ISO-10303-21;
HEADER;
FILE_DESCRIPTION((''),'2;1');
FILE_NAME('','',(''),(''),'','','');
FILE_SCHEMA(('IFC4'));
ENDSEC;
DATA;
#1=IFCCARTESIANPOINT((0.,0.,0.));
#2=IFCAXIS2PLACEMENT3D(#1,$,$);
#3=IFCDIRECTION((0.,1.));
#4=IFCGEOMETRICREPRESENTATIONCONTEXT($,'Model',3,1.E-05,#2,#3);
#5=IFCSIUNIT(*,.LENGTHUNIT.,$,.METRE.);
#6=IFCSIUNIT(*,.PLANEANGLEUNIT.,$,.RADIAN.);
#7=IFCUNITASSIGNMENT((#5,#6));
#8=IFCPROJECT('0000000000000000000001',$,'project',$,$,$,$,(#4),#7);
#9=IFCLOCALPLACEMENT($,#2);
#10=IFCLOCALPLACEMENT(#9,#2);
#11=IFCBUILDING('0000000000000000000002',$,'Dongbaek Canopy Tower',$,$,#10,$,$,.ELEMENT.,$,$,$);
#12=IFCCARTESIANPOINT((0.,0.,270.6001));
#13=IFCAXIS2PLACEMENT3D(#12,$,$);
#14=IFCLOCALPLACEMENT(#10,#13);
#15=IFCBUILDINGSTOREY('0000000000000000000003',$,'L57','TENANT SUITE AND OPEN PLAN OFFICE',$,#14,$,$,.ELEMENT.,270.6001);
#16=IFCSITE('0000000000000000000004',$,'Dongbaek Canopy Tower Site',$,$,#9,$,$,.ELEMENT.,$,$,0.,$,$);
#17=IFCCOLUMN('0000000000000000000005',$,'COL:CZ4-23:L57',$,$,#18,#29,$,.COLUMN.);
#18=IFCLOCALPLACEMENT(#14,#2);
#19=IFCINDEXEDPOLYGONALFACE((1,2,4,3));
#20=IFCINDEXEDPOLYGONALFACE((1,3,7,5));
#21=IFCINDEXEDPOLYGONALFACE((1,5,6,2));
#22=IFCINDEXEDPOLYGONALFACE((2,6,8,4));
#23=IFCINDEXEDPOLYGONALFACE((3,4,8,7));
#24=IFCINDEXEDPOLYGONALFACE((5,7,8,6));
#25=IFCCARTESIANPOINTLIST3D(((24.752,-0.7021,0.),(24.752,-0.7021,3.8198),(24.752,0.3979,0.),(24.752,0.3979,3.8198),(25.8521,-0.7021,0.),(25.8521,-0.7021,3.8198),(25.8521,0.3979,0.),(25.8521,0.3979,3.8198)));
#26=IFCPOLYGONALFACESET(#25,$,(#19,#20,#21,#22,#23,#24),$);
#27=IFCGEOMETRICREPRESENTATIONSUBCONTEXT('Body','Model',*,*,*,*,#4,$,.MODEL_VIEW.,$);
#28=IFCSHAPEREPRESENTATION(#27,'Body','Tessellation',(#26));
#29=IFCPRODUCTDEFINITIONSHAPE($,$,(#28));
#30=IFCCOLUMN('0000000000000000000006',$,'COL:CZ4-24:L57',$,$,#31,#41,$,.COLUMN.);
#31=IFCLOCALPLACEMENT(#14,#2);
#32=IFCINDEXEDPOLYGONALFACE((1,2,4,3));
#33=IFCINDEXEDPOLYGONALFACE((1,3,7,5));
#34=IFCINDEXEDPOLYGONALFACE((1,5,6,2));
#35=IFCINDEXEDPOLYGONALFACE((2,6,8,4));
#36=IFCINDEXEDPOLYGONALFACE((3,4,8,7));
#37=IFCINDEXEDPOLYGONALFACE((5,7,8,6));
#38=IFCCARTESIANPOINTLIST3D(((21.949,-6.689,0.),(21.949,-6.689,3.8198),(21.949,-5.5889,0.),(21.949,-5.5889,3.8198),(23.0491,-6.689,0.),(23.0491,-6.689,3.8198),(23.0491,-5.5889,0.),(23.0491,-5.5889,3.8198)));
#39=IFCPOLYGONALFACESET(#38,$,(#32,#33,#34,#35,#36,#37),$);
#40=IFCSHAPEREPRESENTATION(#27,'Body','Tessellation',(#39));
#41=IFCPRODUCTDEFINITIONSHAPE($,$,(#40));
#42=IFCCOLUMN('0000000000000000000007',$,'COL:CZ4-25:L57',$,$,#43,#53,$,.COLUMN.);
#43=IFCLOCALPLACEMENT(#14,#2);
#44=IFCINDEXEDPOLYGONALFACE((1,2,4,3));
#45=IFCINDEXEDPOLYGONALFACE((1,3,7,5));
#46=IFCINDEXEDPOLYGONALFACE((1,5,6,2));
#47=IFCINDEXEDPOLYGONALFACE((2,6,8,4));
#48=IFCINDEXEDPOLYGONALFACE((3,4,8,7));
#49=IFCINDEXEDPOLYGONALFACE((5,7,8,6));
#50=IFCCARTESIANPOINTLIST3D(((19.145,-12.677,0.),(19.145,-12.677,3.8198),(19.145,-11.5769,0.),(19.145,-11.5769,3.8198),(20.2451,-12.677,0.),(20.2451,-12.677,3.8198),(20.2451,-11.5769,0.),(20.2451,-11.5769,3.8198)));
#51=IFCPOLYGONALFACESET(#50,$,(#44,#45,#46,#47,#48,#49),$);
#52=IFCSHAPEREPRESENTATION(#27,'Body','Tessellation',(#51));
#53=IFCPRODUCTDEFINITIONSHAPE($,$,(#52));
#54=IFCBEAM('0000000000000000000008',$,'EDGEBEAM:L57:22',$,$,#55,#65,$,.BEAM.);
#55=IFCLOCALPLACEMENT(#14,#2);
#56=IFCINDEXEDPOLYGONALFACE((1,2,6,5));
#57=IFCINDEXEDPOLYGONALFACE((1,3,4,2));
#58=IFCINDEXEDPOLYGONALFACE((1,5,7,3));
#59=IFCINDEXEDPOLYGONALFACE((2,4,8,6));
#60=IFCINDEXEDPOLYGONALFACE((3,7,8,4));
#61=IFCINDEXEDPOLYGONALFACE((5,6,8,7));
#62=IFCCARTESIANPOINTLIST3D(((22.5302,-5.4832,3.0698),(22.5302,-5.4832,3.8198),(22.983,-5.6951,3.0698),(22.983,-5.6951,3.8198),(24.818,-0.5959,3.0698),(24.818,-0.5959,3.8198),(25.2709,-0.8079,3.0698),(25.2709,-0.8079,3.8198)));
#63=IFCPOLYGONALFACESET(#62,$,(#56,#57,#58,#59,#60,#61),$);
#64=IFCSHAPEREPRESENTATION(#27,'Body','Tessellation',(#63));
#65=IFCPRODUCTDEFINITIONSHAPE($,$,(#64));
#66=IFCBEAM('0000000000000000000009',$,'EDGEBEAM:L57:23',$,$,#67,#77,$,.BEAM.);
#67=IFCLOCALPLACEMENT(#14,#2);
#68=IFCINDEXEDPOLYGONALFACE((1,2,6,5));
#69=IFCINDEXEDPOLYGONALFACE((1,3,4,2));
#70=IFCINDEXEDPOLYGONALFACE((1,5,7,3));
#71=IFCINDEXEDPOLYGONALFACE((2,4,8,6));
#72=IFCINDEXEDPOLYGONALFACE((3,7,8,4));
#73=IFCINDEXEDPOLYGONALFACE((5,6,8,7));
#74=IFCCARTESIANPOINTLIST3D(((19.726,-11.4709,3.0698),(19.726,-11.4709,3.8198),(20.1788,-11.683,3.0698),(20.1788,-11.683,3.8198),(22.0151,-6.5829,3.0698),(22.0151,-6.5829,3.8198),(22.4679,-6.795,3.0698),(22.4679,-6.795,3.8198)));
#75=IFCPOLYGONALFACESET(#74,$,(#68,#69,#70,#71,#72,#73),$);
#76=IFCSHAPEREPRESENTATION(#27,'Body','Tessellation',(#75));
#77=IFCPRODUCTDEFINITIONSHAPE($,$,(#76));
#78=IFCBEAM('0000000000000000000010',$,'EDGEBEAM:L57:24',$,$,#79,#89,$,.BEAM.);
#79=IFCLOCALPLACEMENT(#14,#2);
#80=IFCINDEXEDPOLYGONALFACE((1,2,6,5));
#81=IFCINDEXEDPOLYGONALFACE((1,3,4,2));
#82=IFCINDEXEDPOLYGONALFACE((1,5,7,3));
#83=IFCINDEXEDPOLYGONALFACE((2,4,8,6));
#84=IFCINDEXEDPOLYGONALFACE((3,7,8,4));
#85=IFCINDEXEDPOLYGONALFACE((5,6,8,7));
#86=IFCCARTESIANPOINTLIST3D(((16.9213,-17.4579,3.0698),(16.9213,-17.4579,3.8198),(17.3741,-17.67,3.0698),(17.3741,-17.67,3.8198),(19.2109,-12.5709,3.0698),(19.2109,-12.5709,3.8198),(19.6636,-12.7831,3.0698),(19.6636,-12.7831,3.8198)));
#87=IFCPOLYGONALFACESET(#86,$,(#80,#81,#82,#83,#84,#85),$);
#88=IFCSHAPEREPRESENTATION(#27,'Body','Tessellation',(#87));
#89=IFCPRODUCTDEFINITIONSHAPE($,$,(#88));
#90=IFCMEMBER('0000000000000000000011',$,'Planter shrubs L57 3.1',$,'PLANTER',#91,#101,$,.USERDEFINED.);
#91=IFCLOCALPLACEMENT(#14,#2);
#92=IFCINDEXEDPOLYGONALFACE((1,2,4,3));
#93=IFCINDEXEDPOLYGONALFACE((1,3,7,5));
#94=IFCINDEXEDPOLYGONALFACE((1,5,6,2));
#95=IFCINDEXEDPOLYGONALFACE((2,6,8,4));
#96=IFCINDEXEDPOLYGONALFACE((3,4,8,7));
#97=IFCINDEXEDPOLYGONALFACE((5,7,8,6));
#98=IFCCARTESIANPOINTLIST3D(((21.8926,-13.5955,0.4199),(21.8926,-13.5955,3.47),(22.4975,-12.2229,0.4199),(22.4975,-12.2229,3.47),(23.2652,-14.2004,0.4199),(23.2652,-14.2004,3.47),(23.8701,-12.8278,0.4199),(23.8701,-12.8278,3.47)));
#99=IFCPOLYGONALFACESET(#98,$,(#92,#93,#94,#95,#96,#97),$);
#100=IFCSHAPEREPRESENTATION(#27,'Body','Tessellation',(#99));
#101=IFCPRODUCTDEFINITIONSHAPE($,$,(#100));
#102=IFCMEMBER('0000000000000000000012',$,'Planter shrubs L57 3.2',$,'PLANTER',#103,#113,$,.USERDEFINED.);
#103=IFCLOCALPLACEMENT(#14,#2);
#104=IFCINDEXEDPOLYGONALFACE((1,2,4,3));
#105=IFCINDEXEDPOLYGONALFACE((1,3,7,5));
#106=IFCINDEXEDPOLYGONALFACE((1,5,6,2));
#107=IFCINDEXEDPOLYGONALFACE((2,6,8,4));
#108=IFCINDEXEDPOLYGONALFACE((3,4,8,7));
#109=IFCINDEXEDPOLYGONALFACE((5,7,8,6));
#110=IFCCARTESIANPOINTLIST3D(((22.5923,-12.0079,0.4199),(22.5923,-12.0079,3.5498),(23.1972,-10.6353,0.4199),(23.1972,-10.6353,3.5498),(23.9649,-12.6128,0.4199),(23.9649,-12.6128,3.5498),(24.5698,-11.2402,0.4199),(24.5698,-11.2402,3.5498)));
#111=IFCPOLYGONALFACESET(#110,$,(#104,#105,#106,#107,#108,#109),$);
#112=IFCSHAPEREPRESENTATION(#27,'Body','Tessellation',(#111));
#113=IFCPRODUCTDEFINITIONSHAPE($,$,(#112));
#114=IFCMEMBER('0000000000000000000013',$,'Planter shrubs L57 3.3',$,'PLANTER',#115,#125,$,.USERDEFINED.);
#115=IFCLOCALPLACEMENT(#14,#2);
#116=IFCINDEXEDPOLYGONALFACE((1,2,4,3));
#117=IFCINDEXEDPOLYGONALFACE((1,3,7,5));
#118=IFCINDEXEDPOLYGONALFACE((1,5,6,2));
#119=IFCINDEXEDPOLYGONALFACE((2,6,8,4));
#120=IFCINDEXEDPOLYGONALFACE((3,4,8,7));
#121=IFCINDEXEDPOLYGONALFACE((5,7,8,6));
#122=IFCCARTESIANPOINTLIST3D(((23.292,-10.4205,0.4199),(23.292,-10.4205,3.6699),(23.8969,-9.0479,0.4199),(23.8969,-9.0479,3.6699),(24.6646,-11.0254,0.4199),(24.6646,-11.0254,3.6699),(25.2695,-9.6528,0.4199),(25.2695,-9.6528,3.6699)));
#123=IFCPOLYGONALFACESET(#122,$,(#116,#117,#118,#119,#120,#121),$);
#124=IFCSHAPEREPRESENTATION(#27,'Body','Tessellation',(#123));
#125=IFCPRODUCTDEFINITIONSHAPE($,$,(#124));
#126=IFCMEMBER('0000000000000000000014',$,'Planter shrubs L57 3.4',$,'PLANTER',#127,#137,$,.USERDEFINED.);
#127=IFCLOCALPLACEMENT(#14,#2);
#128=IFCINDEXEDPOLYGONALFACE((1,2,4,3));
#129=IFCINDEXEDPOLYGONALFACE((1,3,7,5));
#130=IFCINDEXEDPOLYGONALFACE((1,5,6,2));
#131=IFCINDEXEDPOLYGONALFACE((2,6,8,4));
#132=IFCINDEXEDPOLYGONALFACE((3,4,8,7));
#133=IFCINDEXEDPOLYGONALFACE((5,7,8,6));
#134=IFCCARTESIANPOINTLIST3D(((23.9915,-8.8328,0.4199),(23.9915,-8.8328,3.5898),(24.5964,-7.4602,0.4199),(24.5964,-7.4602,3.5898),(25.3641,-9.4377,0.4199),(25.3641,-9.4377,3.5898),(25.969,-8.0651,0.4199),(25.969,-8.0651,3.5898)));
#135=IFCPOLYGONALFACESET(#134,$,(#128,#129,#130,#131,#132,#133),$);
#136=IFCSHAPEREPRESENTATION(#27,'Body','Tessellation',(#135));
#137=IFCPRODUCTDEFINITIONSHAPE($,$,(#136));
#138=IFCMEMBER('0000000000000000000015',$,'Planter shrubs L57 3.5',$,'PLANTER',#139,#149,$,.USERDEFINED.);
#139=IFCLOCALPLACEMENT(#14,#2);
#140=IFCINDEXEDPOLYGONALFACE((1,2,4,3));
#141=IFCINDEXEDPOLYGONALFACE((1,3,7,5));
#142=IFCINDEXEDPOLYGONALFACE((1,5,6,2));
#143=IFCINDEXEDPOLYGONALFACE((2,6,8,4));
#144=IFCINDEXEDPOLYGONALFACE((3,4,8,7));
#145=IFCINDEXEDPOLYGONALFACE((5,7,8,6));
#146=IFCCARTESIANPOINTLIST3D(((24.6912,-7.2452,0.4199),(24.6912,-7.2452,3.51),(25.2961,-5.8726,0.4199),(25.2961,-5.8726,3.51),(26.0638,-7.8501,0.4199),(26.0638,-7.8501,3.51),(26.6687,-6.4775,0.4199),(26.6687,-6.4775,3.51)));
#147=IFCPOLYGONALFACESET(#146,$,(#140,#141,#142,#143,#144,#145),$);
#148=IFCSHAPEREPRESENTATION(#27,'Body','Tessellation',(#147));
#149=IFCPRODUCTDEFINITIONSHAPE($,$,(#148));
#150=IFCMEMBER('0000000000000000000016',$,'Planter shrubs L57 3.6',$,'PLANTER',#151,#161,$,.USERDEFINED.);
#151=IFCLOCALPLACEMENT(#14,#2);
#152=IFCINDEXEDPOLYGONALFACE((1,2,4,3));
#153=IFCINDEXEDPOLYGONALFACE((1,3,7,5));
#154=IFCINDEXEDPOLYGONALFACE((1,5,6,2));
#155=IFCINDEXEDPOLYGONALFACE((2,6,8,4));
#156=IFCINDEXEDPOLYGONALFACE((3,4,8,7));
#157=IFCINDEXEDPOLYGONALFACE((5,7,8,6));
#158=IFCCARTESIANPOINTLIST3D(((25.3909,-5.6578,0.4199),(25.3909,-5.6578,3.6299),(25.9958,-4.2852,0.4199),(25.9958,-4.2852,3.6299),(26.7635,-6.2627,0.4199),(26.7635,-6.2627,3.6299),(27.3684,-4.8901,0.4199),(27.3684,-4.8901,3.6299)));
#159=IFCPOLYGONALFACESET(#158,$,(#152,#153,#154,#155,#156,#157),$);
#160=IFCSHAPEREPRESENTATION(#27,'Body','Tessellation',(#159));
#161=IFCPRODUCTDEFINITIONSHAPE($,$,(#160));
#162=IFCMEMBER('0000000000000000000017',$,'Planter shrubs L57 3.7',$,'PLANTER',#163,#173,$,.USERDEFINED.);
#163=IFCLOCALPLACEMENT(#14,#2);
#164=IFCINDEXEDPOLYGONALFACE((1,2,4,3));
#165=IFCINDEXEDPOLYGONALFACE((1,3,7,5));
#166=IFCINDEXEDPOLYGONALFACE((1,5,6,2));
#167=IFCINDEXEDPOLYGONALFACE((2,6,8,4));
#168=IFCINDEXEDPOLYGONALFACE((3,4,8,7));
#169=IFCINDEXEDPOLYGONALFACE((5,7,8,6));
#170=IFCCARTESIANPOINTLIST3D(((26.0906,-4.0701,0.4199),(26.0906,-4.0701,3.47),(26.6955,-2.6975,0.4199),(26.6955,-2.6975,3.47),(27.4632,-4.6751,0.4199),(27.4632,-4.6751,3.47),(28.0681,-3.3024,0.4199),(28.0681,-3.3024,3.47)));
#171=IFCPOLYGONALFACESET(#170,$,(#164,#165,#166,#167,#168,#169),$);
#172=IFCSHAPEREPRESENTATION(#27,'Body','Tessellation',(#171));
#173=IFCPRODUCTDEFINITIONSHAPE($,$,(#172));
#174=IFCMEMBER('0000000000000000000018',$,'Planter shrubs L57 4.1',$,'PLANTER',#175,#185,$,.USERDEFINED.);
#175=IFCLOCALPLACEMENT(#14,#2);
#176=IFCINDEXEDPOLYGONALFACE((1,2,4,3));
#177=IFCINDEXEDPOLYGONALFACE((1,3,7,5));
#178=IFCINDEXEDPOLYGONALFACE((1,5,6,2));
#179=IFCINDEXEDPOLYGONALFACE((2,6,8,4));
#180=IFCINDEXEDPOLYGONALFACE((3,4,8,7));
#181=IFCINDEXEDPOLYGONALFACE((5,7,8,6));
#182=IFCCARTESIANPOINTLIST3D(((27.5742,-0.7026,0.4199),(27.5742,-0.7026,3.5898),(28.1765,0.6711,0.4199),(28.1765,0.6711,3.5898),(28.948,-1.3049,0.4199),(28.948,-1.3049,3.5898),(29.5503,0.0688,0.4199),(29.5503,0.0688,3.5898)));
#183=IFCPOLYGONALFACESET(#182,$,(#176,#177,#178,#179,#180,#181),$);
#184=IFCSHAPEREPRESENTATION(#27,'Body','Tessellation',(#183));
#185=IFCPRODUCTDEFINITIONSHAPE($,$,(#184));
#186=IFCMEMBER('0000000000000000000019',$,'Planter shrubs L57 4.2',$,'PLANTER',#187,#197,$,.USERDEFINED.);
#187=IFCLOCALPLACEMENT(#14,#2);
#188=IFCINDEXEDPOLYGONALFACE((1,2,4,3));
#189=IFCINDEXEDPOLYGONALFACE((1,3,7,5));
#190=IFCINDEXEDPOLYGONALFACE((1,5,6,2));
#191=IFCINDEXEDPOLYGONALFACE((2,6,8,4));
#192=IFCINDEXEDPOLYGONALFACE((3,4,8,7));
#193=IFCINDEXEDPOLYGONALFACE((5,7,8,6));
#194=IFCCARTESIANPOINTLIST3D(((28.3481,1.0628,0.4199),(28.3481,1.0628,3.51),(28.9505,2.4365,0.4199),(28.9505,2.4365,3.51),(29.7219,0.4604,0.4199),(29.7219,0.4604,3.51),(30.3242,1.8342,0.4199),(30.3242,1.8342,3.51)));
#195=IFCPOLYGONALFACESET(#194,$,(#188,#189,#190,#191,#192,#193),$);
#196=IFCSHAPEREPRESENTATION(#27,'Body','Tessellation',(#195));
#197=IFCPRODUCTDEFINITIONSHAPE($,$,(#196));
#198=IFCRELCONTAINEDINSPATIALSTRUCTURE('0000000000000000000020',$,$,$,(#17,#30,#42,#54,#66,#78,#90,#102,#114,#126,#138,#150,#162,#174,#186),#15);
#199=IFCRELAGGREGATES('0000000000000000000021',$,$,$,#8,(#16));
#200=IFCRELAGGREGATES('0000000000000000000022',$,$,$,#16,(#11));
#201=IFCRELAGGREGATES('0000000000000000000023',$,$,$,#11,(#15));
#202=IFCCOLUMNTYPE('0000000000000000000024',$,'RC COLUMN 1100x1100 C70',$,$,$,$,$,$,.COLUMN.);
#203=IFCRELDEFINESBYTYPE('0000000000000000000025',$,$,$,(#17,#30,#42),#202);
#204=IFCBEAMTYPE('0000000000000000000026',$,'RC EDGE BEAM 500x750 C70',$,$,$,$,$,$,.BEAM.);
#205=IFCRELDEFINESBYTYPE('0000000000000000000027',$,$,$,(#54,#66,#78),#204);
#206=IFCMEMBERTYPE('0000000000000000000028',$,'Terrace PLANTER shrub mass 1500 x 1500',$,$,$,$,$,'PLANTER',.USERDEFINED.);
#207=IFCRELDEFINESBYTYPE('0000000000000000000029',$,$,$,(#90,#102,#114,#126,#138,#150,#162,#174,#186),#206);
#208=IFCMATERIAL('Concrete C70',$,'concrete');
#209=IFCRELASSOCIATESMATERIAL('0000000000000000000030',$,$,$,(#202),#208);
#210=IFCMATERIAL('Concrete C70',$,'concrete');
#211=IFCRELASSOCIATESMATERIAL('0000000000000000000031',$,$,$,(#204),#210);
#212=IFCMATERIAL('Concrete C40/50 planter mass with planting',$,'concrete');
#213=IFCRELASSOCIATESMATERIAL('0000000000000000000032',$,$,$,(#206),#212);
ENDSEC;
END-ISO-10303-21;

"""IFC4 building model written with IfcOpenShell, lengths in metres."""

from ifc_helpers import new_model, si_unit, direction, frame, origin, origin_2d, place, context, subcontext, project, spatial, rectangle, extrude, material, material_profile, profile_set, type_object, element, save


model = new_model("IFC4")

# Units and contexts
model_context = context("Model", 3, precision=1e-05, world=origin(), true_north=direction((0.0, 1.0)))
body_context = subcontext(model_context, "Body", "Model", "MODEL_VIEW")
ifc_project = project(units=[si_unit("LENGTHUNIT", "METRE"), si_unit("PLANEANGLEUNIT", "RADIAN")], contexts=[model_context])

# Site, building, storey
site_placement = place(None, origin())
site = spatial("IfcSite", under=ifc_project, at=site_placement, Name="Dongbaek Canopy Tower Site", CompositionType="ELEMENT", RefElevation=0.0)
building_placement = place(site_placement, origin())
building = spatial("IfcBuilding", under=site, at=building_placement, Name="Dongbaek Canopy Tower", CompositionType="ELEMENT")
storey_placement = place(building_placement, frame((0.0, 0.0, 270.6001)))
storey = spatial("IfcBuildingStorey", under=building, at=storey_placement, Name="L57", Description="TENANT SUITE AND OPEN PLAN OFFICE", CompositionType="ELEMENT", Elevation=270.6001)

# Columns
ifc_material_1 = material(Name="Concrete C70", Category="concrete")
ifc_material_profile_1 = material_profile(ifc_material_1, rectangle(XDim=1.1001, YDim=1.1001, at=origin_2d()), Name="RC COLUMN 1100x1100 C70")
ifc_profile_set_1 = profile_set([ifc_material_profile_1], Name="Concrete C70")
column_type = type_object("IfcColumnType", Name="RC COLUMN 1100x1100 C70", PredefinedType="COLUMN", material=ifc_profile_set_1)
for number, where, z_axis, x_axis, name in (
    (1, (25.302, -0.1521, 0.0), (0.0, 0.0, 1.0), (1.0, 0.0, 0.0), "COL:CZ4-23:L57"),
    (2, (22.499, -6.1389, 0.0), (0.0, 0.0, 1.0), (1.0, 0.0, 0.0), "COL:CZ4-24:L57"),
    (3, (19.6951, -12.127, 0.0), (0.0, 0.0, 1.0), (1.0, 0.0, 0.0), "COL:CZ4-25:L57"),
):
    element("IfcColumn", number, at=place(storey_placement, frame(where, z_axis=z_axis, x_axis=x_axis)), inside=storey, type_object=column_type, Name=name, PredefinedType="COLUMN", context=body_context, shape_type="SweptSolid", body=[
        extrude(rectangle(XDim=1.1001, YDim=1.1001, at=origin_2d()), origin(), (0.0, 0.0, 1.0), 3.8198),
    ])

# Beams
ifc_material_2 = material(Name="Concrete C70", Category="concrete")
ifc_material_profile_2 = material_profile(ifc_material_2, rectangle(XDim=0.5, YDim=0.75, at=origin_2d()), Name="RC EDGE BEAM 500x750 C70")
ifc_profile_set_2 = profile_set([ifc_material_profile_2], Name="Concrete C70")
beam_type = type_object("IfcBeamType", Name="RC EDGE BEAM 500x750 C70", PredefinedType="BEAM", material=ifc_profile_set_2)
beam_1_placement = place(storey_placement, frame((25.0444, -0.7019, 3.4448), z_axis=(-0.423972, -0.905675, 0.0), x_axis=(0.905675, -0.423972, 0.0)))
element("IfcBeam", 4, at=beam_1_placement, inside=storey, type_object=beam_type, Name="EDGEBEAM:L57:22", PredefinedType="BEAM", context=body_context, shape_type="SweptSolid", body=[
    extrude(rectangle(XDim=0.5, YDim=0.75, at=origin_2d()), origin(), (0.0, 0.0, 1.0), 5.3962),
])
beam_2_placement = place(storey_placement, frame((22.2415, -6.689, 3.4448), z_axis=(-0.424106, -0.905613, 0.0), x_axis=(0.905613, -0.424106, 0.0)))
element("IfcBeam", 5, at=beam_2_placement, inside=storey, type_object=beam_type, Name="EDGEBEAM:L57:23", PredefinedType="BEAM", context=body_context, shape_type="SweptSolid", body=[
    extrude(rectangle(XDim=0.5, YDim=0.75, at=origin_2d()), origin(), (0.0, 0.0, 1.0), 5.3975),
])
beam_3_placement = place(storey_placement, frame((19.4373, -12.677, 3.4448), z_axis=(-0.42425, -0.905545, 0.0), x_axis=(0.905545, -0.42425, 0.0)))
element("IfcBeam", 6, at=beam_3_placement, inside=storey, type_object=beam_type, Name="EDGEBEAM:L57:24", PredefinedType="BEAM", context=body_context, shape_type="SweptSolid", body=[
    extrude(rectangle(XDim=0.5, YDim=0.75, at=origin_2d()), origin(), (0.0, 0.0, 1.0), 5.3967),
])

# Members
ifc_material_3 = material(Name="Concrete C40/50 planter mass with planting", Category="concrete")
ifc_material_profile_3 = material_profile(ifc_material_3, rectangle(XDim=1.5, YDim=1.5, at=origin_2d()), Name="Terrace PLANTER shrub mass 1500 x 1500")
ifc_profile_set_3 = profile_set([ifc_material_profile_3], Name="Concrete C40/50 planter mass with planting")
member_type = type_object("IfcMemberType", Name="Terrace PLANTER shrub mass 1500 x 1500", ElementType="PLANTER", PredefinedType="USERDEFINED", material=ifc_profile_set_3)
member_1_placement = place(storey_placement, frame((22.8813, -13.2117, 0.4199), z_axis=(0.0, 0.0, 1.0), x_axis=(0.915073, -0.403288, 0.0)))
element("IfcMember", 7, at=member_1_placement, inside=storey, type_object=member_type, Name="Planter shrubs L57 3.1", ObjectType="PLANTER", PredefinedType="USERDEFINED", context=body_context, shape_type="SweptSolid", body=[
    extrude(rectangle(XDim=1.5, YDim=1.5, at=origin_2d()), origin(), (0.0, 0.0, 1.0), 3.05),
])
member_2_placement = place(storey_placement, frame((23.5811, -11.624, 0.4199), z_axis=(0.0, 0.0, 1.0), x_axis=(0.915073, -0.403288, 0.0)))
element("IfcMember", 8, at=member_2_placement, inside=storey, type_object=member_type, Name="Planter shrubs L57 3.2", ObjectType="PLANTER", PredefinedType="USERDEFINED", context=body_context, shape_type="SweptSolid", body=[
    extrude(rectangle(XDim=1.5, YDim=1.5, at=origin_2d()), origin(), (0.0, 0.0, 1.0), 3.1299),
])
member_3_placement = place(storey_placement, frame((24.2808, -10.0366, 0.4199), z_axis=(0.0, 0.0, 1.0), x_axis=(0.915073, -0.403288, 0.0)))
element("IfcMember", 9, at=member_3_placement, inside=storey, type_object=member_type, Name="Planter shrubs L57 3.3", ObjectType="PLANTER", PredefinedType="USERDEFINED", context=body_context, shape_type="SweptSolid", body=[
    extrude(rectangle(XDim=1.5, YDim=1.5, at=origin_2d()), origin(), (0.0, 0.0, 1.0), 3.25),
])
member_4_placement = place(storey_placement, frame((24.9802, -8.449, 0.4199), z_axis=(0.0, 0.0, 1.0), x_axis=(0.915073, -0.403288, 0.0)))
element("IfcMember", 10, at=member_4_placement, inside=storey, type_object=member_type, Name="Planter shrubs L57 3.4", ObjectType="PLANTER", PredefinedType="USERDEFINED", context=body_context, shape_type="SweptSolid", body=[
    extrude(rectangle(XDim=1.5, YDim=1.5, at=origin_2d()), origin(), (0.0, 0.0, 1.0), 3.1699),
])
member_5_placement = place(storey_placement, frame((25.6799, -6.8613, 0.4199), z_axis=(0.0, 0.0, 1.0), x_axis=(0.915073, -0.403288, 0.0)))
element("IfcMember", 11, at=member_5_placement, inside=storey, type_object=member_type, Name="Planter shrubs L57 3.5", ObjectType="PLANTER", PredefinedType="USERDEFINED", context=body_context, shape_type="SweptSolid", body=[
    extrude(rectangle(XDim=1.5, YDim=1.5, at=origin_2d()), origin(), (0.0, 0.0, 1.0), 3.0901),
])
member_6_placement = place(storey_placement, frame((26.3796, -5.2739, 0.4199), z_axis=(0.0, 0.0, 1.0), x_axis=(0.915073, -0.403288, 0.0)))
element("IfcMember", 12, at=member_6_placement, inside=storey, type_object=member_type, Name="Planter shrubs L57 3.6", ObjectType="PLANTER", PredefinedType="USERDEFINED", context=body_context, shape_type="SweptSolid", body=[
    extrude(rectangle(XDim=1.5, YDim=1.5, at=origin_2d()), origin(), (0.0, 0.0, 1.0), 3.21),
])
member_7_placement = place(storey_placement, frame((27.0793, -3.6863, 0.4199), z_axis=(0.0, 0.0, 1.0), x_axis=(0.915073, -0.403288, 0.0)))
element("IfcMember", 13, at=member_7_placement, inside=storey, type_object=member_type, Name="Planter shrubs L57 3.7", ObjectType="PLANTER", PredefinedType="USERDEFINED", context=body_context, shape_type="SweptSolid", body=[
    extrude(rectangle(XDim=1.5, YDim=1.5, at=origin_2d()), origin(), (0.0, 0.0, 1.0), 3.05),
])
member_8_placement = place(storey_placement, frame((28.5623, -0.3169, 0.4199), z_axis=(0.0, 0.0, 1.0), x_axis=(0.915838, -0.401549, 0.0)))
element("IfcMember", 14, at=member_8_placement, inside=storey, type_object=member_type, Name="Planter shrubs L57 4.1", ObjectType="PLANTER", PredefinedType="USERDEFINED", context=body_context, shape_type="SweptSolid", body=[
    extrude(rectangle(XDim=1.5, YDim=1.5, at=origin_2d()), origin(), (0.0, 0.0, 1.0), 3.1699),
])
member_9_placement = place(storey_placement, frame((29.3362, 1.4485, 0.4199), z_axis=(0.0, 0.0, 1.0), x_axis=(0.915838, -0.401549, 0.0)))
element("IfcMember", 15, at=member_9_placement, inside=storey, type_object=member_type, Name="Planter shrubs L57 4.2", ObjectType="PLANTER", PredefinedType="USERDEFINED", context=body_context, shape_type="SweptSolid", body=[
    extrude(rectangle(XDim=1.5, YDim=1.5, at=origin_2d()), origin(), (0.0, 0.0, 1.0), 3.0901),
])

save(model, "model.ifc")
